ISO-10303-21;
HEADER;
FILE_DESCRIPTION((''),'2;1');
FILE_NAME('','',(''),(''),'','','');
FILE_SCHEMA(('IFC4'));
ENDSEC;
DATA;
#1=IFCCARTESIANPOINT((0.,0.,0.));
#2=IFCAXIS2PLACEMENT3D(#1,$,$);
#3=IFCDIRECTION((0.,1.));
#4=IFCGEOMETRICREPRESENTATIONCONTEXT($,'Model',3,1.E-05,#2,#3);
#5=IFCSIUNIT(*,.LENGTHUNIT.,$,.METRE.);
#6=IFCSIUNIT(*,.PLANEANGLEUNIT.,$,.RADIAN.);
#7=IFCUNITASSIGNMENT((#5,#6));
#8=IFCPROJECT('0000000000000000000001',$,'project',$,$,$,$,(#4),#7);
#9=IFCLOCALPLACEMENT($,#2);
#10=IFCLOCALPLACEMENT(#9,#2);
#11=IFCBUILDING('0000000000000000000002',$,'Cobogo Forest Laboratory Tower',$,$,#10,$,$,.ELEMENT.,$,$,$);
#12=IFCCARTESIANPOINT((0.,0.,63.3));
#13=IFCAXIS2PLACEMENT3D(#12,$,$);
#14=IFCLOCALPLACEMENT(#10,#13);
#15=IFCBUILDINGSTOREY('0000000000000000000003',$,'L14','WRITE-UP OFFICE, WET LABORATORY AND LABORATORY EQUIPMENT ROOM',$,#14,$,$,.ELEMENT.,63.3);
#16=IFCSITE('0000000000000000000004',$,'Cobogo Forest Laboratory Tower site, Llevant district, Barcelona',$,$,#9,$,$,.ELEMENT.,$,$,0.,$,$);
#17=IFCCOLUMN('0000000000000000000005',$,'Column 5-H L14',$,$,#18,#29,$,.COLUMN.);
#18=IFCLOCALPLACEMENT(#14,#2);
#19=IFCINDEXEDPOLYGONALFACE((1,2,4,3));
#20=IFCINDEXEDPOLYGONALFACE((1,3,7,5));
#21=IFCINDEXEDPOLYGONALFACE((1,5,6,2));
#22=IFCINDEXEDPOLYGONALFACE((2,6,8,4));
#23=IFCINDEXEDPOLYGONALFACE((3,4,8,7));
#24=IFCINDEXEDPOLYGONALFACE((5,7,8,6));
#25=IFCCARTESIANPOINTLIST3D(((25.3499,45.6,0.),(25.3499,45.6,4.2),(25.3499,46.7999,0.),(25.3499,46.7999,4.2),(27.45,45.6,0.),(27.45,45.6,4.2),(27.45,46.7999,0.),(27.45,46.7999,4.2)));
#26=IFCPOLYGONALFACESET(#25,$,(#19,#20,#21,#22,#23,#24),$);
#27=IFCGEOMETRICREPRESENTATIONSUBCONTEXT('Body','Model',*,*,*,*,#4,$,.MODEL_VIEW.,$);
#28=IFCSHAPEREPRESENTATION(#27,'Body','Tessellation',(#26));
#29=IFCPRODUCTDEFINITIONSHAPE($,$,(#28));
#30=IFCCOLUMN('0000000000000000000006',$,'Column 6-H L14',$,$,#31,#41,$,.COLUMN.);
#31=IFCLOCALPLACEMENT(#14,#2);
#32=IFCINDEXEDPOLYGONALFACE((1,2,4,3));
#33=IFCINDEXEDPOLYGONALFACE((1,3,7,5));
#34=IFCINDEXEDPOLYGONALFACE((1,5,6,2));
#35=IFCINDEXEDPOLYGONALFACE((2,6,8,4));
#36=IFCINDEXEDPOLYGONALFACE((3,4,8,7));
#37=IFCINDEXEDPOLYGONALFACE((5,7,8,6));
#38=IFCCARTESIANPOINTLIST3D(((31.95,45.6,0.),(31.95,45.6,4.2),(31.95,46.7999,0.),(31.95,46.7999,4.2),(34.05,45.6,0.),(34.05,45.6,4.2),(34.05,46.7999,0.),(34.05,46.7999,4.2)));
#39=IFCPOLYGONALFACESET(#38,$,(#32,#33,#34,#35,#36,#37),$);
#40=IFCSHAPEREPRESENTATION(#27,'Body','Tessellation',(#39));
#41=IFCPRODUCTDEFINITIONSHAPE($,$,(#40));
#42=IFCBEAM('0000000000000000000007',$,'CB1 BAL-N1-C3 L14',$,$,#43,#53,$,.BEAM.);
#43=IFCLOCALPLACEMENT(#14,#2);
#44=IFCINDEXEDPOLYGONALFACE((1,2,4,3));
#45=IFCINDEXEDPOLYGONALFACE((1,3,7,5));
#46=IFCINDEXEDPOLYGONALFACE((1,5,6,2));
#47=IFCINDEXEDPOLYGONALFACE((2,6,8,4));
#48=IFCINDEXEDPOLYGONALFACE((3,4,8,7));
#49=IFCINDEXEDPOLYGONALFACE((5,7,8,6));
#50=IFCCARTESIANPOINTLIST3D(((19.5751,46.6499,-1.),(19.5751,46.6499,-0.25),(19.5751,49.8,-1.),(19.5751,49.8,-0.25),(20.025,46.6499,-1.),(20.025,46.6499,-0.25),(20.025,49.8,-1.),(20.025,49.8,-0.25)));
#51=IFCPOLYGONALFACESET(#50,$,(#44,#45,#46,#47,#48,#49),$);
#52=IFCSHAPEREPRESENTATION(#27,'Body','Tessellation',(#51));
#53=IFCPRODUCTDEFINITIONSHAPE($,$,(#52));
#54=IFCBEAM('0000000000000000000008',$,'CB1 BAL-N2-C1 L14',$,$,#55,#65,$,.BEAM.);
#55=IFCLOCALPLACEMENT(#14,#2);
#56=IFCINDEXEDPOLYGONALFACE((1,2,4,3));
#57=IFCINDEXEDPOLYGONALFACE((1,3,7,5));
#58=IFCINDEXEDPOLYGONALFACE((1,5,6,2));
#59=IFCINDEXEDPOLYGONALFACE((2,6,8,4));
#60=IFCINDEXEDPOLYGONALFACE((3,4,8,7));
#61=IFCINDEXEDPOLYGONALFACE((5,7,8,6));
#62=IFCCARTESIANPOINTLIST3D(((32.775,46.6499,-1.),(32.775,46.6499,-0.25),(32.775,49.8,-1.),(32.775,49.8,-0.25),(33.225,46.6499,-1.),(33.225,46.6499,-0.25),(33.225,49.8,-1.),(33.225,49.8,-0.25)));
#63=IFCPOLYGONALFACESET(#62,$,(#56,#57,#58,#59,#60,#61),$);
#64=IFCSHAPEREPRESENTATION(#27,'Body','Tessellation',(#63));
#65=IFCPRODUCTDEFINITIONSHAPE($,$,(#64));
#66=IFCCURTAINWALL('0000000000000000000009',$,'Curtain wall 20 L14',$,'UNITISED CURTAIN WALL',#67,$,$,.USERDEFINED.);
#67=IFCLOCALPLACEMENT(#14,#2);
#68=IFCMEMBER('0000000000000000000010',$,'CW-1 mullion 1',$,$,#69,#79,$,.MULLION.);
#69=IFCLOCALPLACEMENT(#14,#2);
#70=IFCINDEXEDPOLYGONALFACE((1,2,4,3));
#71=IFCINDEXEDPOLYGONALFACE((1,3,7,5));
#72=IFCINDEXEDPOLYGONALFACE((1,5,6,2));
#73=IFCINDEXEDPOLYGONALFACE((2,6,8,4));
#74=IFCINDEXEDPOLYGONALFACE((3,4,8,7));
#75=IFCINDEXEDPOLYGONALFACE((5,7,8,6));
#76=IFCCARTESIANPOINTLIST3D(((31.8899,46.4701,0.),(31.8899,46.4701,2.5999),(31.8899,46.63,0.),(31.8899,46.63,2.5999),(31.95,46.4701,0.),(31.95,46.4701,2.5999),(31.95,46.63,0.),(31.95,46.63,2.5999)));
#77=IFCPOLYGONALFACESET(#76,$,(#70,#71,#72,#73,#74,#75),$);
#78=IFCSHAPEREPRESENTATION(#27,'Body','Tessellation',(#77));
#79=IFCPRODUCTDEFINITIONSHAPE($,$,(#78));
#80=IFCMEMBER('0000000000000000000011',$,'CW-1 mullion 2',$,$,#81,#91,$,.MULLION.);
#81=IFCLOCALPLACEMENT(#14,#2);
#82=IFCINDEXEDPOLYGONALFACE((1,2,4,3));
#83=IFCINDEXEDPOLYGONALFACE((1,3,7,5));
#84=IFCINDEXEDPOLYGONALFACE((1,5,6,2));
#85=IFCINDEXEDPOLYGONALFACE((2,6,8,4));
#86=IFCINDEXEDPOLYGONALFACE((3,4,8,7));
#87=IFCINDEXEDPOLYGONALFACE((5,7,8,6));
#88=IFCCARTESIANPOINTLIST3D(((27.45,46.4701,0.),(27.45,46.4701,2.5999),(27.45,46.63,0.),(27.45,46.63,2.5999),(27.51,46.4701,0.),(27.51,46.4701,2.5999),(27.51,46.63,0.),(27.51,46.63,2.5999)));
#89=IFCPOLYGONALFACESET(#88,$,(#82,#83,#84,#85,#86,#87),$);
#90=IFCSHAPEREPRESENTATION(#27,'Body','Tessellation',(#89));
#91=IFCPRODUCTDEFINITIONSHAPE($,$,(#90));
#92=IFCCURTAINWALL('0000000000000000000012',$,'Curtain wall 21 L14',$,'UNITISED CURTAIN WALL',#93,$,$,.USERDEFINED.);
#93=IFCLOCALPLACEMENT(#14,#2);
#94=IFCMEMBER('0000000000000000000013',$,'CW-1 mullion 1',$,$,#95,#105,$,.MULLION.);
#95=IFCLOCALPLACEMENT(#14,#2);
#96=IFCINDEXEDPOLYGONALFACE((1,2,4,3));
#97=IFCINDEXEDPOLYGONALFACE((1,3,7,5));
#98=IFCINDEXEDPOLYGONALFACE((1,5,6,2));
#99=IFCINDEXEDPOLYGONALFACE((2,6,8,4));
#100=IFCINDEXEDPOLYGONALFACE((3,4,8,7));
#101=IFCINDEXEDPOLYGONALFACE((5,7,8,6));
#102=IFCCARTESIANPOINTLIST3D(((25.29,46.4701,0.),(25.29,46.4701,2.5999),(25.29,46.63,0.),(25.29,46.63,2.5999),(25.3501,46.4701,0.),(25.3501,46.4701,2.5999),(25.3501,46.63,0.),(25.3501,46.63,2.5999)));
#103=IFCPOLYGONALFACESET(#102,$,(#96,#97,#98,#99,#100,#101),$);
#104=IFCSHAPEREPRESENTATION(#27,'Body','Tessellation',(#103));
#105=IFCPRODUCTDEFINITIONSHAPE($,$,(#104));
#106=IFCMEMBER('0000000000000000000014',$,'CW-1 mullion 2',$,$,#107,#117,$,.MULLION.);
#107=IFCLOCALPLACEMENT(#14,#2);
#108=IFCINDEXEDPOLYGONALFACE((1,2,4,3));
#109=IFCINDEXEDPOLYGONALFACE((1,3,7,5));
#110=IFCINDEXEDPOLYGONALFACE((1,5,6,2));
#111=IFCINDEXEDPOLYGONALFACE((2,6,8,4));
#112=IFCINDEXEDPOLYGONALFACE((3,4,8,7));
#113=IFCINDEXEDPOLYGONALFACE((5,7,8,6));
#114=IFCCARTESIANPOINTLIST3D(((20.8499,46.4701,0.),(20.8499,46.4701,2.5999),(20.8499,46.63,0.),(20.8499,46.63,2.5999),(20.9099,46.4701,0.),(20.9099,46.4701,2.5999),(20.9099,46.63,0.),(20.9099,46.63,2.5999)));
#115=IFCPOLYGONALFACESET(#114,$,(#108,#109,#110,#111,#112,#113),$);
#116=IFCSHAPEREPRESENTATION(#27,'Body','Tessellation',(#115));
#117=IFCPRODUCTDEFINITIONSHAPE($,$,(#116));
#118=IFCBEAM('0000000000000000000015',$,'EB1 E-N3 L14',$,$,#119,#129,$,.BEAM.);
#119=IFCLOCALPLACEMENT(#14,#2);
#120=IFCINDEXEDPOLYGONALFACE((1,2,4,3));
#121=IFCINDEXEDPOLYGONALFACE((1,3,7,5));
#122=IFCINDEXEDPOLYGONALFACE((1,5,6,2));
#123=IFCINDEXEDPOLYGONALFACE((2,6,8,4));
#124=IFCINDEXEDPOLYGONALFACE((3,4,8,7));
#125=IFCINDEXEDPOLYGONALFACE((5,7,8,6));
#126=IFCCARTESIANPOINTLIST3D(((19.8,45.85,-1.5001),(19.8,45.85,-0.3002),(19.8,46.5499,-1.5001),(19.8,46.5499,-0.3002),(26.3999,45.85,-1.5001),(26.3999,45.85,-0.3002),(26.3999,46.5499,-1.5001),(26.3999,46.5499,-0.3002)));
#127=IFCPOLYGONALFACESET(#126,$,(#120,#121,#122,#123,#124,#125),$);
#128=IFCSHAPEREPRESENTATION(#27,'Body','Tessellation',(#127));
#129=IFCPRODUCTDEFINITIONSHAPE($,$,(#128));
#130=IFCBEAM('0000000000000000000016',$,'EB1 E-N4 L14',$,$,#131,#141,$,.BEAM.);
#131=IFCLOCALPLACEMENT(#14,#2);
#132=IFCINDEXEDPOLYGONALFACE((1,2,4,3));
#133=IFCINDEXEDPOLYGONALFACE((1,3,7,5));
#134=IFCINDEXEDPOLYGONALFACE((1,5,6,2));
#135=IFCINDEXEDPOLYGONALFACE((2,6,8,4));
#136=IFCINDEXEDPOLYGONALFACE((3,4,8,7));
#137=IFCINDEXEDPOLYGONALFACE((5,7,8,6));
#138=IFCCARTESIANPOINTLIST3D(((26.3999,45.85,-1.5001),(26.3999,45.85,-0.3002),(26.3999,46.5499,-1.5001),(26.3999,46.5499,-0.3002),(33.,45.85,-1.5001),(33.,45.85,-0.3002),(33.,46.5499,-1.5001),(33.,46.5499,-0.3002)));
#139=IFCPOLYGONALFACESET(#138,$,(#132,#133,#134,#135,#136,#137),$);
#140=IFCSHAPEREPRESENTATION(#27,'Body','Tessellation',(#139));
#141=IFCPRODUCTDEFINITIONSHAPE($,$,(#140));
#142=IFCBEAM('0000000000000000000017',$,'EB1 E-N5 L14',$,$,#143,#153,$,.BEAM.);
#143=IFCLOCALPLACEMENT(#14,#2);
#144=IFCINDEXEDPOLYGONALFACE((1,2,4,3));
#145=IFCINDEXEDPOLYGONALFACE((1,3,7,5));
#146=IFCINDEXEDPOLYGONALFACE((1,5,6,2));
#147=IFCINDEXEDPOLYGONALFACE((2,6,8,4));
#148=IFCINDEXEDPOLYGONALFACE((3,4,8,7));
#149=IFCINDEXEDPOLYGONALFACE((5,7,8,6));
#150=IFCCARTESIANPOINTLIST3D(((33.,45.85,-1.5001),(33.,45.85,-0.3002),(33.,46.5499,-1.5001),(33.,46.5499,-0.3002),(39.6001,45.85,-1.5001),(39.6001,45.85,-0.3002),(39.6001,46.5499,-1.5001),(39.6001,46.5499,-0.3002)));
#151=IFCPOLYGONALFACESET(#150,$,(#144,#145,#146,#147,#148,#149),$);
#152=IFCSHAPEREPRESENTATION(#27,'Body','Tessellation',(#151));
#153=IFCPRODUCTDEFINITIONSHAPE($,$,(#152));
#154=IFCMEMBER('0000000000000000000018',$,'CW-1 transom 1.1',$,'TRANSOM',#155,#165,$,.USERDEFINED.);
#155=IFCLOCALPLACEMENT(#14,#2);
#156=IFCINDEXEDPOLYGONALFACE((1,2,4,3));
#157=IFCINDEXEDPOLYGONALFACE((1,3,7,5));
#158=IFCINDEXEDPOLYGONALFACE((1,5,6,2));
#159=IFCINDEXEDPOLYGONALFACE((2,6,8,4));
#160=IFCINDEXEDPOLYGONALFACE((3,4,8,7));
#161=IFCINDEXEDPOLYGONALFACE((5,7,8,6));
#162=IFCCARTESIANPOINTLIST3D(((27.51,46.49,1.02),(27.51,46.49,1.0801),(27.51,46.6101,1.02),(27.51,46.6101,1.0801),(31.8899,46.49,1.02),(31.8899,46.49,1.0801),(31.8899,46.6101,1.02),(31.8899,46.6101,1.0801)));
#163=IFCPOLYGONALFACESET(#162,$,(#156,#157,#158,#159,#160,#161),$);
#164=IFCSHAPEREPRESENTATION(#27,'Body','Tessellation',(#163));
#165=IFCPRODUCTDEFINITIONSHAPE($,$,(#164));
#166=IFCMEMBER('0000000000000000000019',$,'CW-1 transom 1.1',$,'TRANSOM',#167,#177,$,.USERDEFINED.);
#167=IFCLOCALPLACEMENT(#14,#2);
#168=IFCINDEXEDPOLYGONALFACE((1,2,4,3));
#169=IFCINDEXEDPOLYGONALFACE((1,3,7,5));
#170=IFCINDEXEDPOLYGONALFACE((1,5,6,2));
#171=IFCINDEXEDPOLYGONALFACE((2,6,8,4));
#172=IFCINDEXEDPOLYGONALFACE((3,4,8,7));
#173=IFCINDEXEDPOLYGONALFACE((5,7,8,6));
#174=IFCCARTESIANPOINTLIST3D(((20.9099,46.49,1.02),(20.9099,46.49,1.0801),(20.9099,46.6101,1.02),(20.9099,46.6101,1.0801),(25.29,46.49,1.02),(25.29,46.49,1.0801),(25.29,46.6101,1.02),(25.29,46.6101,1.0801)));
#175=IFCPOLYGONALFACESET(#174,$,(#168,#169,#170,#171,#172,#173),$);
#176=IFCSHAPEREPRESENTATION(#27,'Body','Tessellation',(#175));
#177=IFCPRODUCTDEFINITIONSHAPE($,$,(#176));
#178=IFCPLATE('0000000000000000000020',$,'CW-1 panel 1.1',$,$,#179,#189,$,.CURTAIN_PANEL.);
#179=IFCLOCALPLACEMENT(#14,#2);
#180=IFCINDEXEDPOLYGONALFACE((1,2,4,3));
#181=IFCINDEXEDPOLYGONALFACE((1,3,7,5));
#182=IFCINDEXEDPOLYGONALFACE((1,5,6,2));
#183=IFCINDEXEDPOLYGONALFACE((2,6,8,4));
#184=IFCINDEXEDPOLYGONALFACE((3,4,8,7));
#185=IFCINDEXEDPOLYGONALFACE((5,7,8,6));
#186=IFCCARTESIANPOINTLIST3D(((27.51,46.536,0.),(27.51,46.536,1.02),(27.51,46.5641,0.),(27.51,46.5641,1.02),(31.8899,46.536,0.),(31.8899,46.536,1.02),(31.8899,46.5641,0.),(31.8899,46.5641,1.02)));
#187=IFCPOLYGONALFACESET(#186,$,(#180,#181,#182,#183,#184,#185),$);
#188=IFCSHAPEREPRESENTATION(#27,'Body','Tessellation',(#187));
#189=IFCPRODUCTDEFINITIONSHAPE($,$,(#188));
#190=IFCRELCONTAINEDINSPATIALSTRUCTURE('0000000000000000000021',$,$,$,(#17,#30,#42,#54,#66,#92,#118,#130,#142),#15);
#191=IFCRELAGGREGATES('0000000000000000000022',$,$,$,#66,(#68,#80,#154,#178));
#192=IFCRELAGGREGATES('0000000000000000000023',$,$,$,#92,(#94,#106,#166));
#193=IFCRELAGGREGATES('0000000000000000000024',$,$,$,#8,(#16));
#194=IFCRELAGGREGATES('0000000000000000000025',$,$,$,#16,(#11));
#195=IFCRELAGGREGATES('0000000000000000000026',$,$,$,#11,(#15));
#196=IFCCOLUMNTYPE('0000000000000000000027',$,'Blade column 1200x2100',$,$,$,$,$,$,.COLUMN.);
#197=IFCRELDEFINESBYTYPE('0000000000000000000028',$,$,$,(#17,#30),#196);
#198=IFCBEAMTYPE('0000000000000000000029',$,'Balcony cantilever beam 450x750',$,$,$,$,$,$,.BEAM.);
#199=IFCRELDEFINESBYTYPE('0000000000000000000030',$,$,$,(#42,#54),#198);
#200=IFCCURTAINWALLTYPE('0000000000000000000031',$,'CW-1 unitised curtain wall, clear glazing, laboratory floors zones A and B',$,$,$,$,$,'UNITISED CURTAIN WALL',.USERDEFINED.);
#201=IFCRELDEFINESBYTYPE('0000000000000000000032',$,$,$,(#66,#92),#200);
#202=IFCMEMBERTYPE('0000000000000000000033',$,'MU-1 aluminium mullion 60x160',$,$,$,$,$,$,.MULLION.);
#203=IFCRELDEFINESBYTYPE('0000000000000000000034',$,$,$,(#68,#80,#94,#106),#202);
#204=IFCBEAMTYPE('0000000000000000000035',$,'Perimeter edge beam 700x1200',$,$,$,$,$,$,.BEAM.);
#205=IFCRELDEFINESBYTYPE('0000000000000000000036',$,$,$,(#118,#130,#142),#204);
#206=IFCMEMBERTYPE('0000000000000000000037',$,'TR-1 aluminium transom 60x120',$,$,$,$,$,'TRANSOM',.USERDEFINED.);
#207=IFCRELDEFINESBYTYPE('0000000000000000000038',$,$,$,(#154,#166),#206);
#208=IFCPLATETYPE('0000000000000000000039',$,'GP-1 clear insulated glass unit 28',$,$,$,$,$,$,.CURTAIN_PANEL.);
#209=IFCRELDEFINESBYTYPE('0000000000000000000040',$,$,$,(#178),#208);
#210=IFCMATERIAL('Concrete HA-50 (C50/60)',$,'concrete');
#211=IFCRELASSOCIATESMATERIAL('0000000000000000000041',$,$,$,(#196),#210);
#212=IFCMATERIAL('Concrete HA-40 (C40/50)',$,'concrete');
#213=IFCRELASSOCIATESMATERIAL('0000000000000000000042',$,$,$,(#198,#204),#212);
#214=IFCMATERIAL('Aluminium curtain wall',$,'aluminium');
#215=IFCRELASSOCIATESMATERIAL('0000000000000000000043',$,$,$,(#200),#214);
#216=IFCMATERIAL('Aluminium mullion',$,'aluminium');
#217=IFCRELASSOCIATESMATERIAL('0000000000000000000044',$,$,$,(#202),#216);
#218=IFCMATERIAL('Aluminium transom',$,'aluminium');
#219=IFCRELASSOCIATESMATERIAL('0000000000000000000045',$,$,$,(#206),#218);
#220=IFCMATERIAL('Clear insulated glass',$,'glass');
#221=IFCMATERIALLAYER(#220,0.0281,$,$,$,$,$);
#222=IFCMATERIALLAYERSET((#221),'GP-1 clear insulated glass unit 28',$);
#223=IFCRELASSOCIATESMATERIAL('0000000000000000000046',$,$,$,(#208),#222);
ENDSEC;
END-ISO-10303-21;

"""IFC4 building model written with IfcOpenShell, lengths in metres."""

from ifc_helpers import new_model, si_unit, direction, frame, origin, origin_2d, place, context, subcontext, project, spatial, rectangle, extrude, material, layer, layer_set, material_profile, profile_set, type_object, element, aggregate, save


model = new_model("IFC4")

# Units and contexts
model_context = context("Model", 3, precision=1e-05, world=origin(), true_north=direction((0.0, 1.0)))
body_context = subcontext(model_context, "Body", "Model", "MODEL_VIEW")
ifc_project = project(units=[si_unit("LENGTHUNIT", "METRE"), si_unit("PLANEANGLEUNIT", "RADIAN")], contexts=[model_context])

# Site, building, storey
site_placement = place(None, origin())
site = spatial("IfcSite", under=ifc_project, at=site_placement, Name="Cobogo Forest Laboratory Tower site, Llevant district, Barcelona", CompositionType="ELEMENT", RefElevation=0.0)
building_placement = place(site_placement, origin())
building = spatial("IfcBuilding", under=site, at=building_placement, Name="Cobogo Forest Laboratory Tower", CompositionType="ELEMENT")
storey_placement = place(building_placement, frame((0.0, 0.0, 63.3)))
storey = spatial("IfcBuildingStorey", under=building, at=storey_placement, Name="L14", Description="WRITE-UP OFFICE, WET LABORATORY AND LABORATORY EQUIPMENT ROOM", CompositionType="ELEMENT", Elevation=63.3)

# Columns
ifc_material_1 = material(Name="Concrete HA-50 (C50/60)", Category="concrete")
ifc_material_profile_1 = material_profile(ifc_material_1, rectangle(XDim=2.1001, YDim=1.2, at=origin_2d()), Name="RC 1200x2100")
ifc_profile_set_1 = profile_set([ifc_material_profile_1], Name="Concrete HA-50 (C50/60)")
column_type = type_object("IfcColumnType", Name="Blade column 1200x2100", PredefinedType="COLUMN", material=ifc_profile_set_1)
for number, where, z_axis, x_axis, name in (
    (1, (26.3999, 46.2, 0.0), (0.0, 0.0, 1.0), (1.0, 0.0, 0.0), "Column 5-H L14"),
    (2, (33.0, 46.2, 0.0), (0.0, 0.0, 1.0), (1.0, 0.0, 0.0), "Column 6-H L14"),
):
    element("IfcColumn", number, at=place(storey_placement, frame(where, z_axis=z_axis, x_axis=x_axis)), inside=storey, type_object=column_type, Name=name, PredefinedType="COLUMN", context=body_context, shape_type="SweptSolid", body=[
        extrude(rectangle(XDim=2.1001, YDim=1.2, at=origin_2d()), origin(), (0.0, 0.0, 1.0), 4.2),
    ])

# Beams
ifc_material_2 = material(Name="Concrete HA-40 (C40/50)", Category="concrete")
ifc_material_profile_2 = material_profile(ifc_material_2, rectangle(XDim=0.45, YDim=0.75, at=origin_2d()), Name="RC 450x750")
ifc_profile_set_2 = profile_set([ifc_material_profile_2], Name="Concrete HA-40 (C40/50)")
beam_type_1 = type_object("IfcBeamType", Name="Balcony cantilever beam 450x750", PredefinedType="BEAM", material=ifc_profile_set_2)
for number, where, z_axis, x_axis, name in (
    (3, (19.8, 46.6499, -0.625), (0.0, 1.0, 0.0), (-1.0, 0.0, 0.0), "CB1 BAL-N1-C3 L14"),
    (4, (33.0, 46.6499, -0.625), (0.0, 1.0, 0.0), (-1.0, 0.0, 0.0), "CB1 BAL-N2-C1 L14"),
):
    element("IfcBeam", number, at=place(storey_placement, frame(where, z_axis=z_axis, x_axis=x_axis)), inside=storey, type_object=beam_type_1, Name=name, PredefinedType="BEAM", context=body_context, shape_type="SweptSolid", body=[
        extrude(rectangle(XDim=0.45, YDim=0.75, at=origin_2d()), origin(), (0.0, 0.0, 1.0), 3.1501),
    ])

# Curtain walls, members
ifc_material_3 = material(Name="Aluminium curtain wall", Category="aluminium")
curtain_wall_type = type_object("IfcCurtainWallType", Name="CW-1 unitised curtain wall, clear glazing, laboratory floors zones A and B", ElementType="UNITISED CURTAIN WALL", PredefinedType="USERDEFINED", material=ifc_material_3)
curtain_wall_1_placement = place(storey_placement, origin())
curtain_wall_1 = element("IfcCurtainWall", 5, at=curtain_wall_1_placement, inside=storey, type_object=curtain_wall_type, Name="Curtain wall 20 L14", ObjectType="UNITISED CURTAIN WALL", PredefinedType="USERDEFINED")
ifc_material_4 = material(Name="Aluminium mullion", Category="aluminium")
ifc_material_profile_3 = material_profile(ifc_material_4, rectangle(XDim=0.0601, YDim=0.1599, at=origin_2d()), Name="AL 60x160")
ifc_profile_set_3 = profile_set([ifc_material_profile_3], Name="Aluminium mullion")
member_type_1 = type_object("IfcMemberType", Name="MU-1 aluminium mullion 60x160", PredefinedType="MULLION", material=ifc_profile_set_3)
member_1_placement = place(storey_placement, frame((31.9199, 46.55, 0.0), z_axis=(0.0, 0.0, 1.0), x_axis=(-1.0, 0.0, 0.0)))
member_1 = element("IfcMember", 6, at=member_1_placement, type_object=member_type_1, Name="CW-1 mullion 1", PredefinedType="MULLION", context=body_context, shape_type="SweptSolid", body=[
    extrude(rectangle(XDim=0.0601, YDim=0.1599, at=origin_2d()), origin(), (0.0, 0.0, 1.0), 2.5999),
])
member_2_placement = place(storey_placement, frame((27.48, 46.55, 0.0), z_axis=(0.0, 0.0, 1.0), x_axis=(-1.0, 0.0, 0.0)))
member_2 = element("IfcMember", 7, at=member_2_placement, type_object=member_type_1, Name="CW-1 mullion 2", PredefinedType="MULLION", context=body_context, shape_type="SweptSolid", body=[
    extrude(rectangle(XDim=0.0601, YDim=0.1599, at=origin_2d()), origin(), (0.0, 0.0, 1.0), 2.5999),
])
curtain_wall_2_placement = place(storey_placement, origin())
curtain_wall_2 = element("IfcCurtainWall", 8, at=curtain_wall_2_placement, inside=storey, type_object=curtain_wall_type, Name="Curtain wall 21 L14", ObjectType="UNITISED CURTAIN WALL", PredefinedType="USERDEFINED")
member_3_placement = place(storey_placement, frame((25.3201, 46.55, 0.0), z_axis=(0.0, 0.0, 1.0), x_axis=(-1.0, 0.0, 0.0)))
member_3 = element("IfcMember", 9, at=member_3_placement, type_object=member_type_1, Name="CW-1 mullion 1", PredefinedType="MULLION", context=body_context, shape_type="SweptSolid", body=[
    extrude(rectangle(XDim=0.0601, YDim=0.1599, at=origin_2d()), origin(), (0.0, 0.0, 1.0), 2.5999),
])
member_4_placement = place(storey_placement, frame((20.8799, 46.55, 0.0), z_axis=(0.0, 0.0, 1.0), x_axis=(-1.0, 0.0, 0.0)))
member_4 = element("IfcMember", 10, at=member_4_placement, type_object=member_type_1, Name="CW-1 mullion 2", PredefinedType="MULLION", context=body_context, shape_type="SweptSolid", body=[
    extrude(rectangle(XDim=0.0601, YDim=0.1599, at=origin_2d()), origin(), (0.0, 0.0, 1.0), 2.5999),
])

# Beams
ifc_material_profile_4 = material_profile(ifc_material_2, rectangle(XDim=0.7, YDim=1.2, at=origin_2d()), Name="RC 700x1200")
ifc_profile_set_4 = profile_set([ifc_material_profile_4], Name="Concrete HA-40 (C40/50)")
beam_type_2 = type_object("IfcBeamType", Name="Perimeter edge beam 700x1200", PredefinedType="BEAM", material=ifc_profile_set_4)
beam_placement = place(storey_placement, frame((19.8, 46.2, -0.9001), z_axis=(1.0, 0.0, 0.0), x_axis=(0.0, 1.0, 0.0)))
element("IfcBeam", 11, at=beam_placement, inside=storey, type_object=beam_type_2, Name="EB1 E-N3 L14", PredefinedType="BEAM", context=body_context, shape_type="SweptSolid", body=[
    extrude(rectangle(XDim=0.7, YDim=1.2, at=origin_2d()), origin(), (0.0, 0.0, 1.0), 6.5999),
])
for number, where, z_axis, x_axis, name in (
    (12, (26.3999, 46.2, -0.9001), (1.0, 0.0, 0.0), (0.0, 1.0, 0.0), "EB1 E-N4 L14"),
    (13, (33.0, 46.2, -0.9001), (1.0, 0.0, 0.0), (0.0, 1.0, 0.0), "EB1 E-N5 L14"),
):
    element("IfcBeam", number, at=place(storey_placement, frame(where, z_axis=z_axis, x_axis=x_axis)), inside=storey, type_object=beam_type_2, Name=name, PredefinedType="BEAM", context=body_context, shape_type="SweptSolid", body=[
        extrude(rectangle(XDim=0.7, YDim=1.2, at=origin_2d()), origin(), (0.0, 0.0, 1.0), 6.6001),
    ])

# Members
ifc_material_5 = material(Name="Aluminium transom", Category="aluminium")
ifc_material_profile_5 = material_profile(ifc_material_5, rectangle(XDim=0.1201, YDim=0.0601, at=origin_2d()), Name="AL 60x120")
ifc_profile_set_5 = profile_set([ifc_material_profile_5], Name="Aluminium transom")
member_type_2 = type_object("IfcMemberType", Name="TR-1 aluminium transom 60x120", ElementType="TRANSOM", PredefinedType="USERDEFINED", material=ifc_profile_set_5)
member_5_placement = place(storey_placement, frame((31.8899, 46.55, 1.05), z_axis=(-1.0, 0.0, 0.0), x_axis=(0.0, -1.0, 0.0)))
member_5 = element("IfcMember", 14, at=member_5_placement, type_object=member_type_2, Name="CW-1 transom 1.1", ObjectType="TRANSOM", PredefinedType="USERDEFINED", context=body_context, shape_type="SweptSolid", body=[
    extrude(rectangle(XDim=0.1201, YDim=0.0601, at=origin_2d()), origin(), (0.0, 0.0, 1.0), 4.3799),
])
member_6_placement = place(storey_placement, frame((25.29, 46.55, 1.05), z_axis=(-1.0, 0.0, 0.0), x_axis=(0.0, -1.0, 0.0)))
member_6 = element("IfcMember", 15, at=member_6_placement, type_object=member_type_2, Name="CW-1 transom 1.1", ObjectType="TRANSOM", PredefinedType="USERDEFINED", context=body_context, shape_type="SweptSolid", body=[
    extrude(rectangle(XDim=0.1201, YDim=0.0601, at=origin_2d()), origin(), (0.0, 0.0, 1.0), 4.3801),
])

# Plate
ifc_material_6 = material(Name="Clear insulated glass", Category="glass")
ifc_layer = layer(ifc_material_6, 0.0281)
ifc_layer_set = layer_set([ifc_layer], Name="GP-1 clear insulated glass unit 28")
plate_type_1 = type_object("IfcPlateType", Name="GP-1 clear insulated glass unit 28", PredefinedType="CURTAIN_PANEL", material=ifc_layer_set)
plate_1_placement = place(storey_placement, frame((29.7, 46.55, 0.0), z_axis=(0.0, 0.0, 1.0), x_axis=(-1.0, 0.0, 0.0)))
plate_1 = element("IfcPlate", 16, at=plate_1_placement, type_object=plate_type_1, Name="CW-1 panel 1.1", PredefinedType="CURTAIN_PANEL", context=body_context, shape_type="SweptSolid", body=[
    extrude(rectangle(XDim=4.3799, YDim=0.0281, at=origin_2d()), origin(), (0.0, 0.0, 1.0), 1.02),
])
aggregate(curtain_wall_1, [member_1, member_2, member_5, plate_1])
aggregate(curtain_wall_2, [member_3, member_4, member_6])

save(model, "model.ifc")
